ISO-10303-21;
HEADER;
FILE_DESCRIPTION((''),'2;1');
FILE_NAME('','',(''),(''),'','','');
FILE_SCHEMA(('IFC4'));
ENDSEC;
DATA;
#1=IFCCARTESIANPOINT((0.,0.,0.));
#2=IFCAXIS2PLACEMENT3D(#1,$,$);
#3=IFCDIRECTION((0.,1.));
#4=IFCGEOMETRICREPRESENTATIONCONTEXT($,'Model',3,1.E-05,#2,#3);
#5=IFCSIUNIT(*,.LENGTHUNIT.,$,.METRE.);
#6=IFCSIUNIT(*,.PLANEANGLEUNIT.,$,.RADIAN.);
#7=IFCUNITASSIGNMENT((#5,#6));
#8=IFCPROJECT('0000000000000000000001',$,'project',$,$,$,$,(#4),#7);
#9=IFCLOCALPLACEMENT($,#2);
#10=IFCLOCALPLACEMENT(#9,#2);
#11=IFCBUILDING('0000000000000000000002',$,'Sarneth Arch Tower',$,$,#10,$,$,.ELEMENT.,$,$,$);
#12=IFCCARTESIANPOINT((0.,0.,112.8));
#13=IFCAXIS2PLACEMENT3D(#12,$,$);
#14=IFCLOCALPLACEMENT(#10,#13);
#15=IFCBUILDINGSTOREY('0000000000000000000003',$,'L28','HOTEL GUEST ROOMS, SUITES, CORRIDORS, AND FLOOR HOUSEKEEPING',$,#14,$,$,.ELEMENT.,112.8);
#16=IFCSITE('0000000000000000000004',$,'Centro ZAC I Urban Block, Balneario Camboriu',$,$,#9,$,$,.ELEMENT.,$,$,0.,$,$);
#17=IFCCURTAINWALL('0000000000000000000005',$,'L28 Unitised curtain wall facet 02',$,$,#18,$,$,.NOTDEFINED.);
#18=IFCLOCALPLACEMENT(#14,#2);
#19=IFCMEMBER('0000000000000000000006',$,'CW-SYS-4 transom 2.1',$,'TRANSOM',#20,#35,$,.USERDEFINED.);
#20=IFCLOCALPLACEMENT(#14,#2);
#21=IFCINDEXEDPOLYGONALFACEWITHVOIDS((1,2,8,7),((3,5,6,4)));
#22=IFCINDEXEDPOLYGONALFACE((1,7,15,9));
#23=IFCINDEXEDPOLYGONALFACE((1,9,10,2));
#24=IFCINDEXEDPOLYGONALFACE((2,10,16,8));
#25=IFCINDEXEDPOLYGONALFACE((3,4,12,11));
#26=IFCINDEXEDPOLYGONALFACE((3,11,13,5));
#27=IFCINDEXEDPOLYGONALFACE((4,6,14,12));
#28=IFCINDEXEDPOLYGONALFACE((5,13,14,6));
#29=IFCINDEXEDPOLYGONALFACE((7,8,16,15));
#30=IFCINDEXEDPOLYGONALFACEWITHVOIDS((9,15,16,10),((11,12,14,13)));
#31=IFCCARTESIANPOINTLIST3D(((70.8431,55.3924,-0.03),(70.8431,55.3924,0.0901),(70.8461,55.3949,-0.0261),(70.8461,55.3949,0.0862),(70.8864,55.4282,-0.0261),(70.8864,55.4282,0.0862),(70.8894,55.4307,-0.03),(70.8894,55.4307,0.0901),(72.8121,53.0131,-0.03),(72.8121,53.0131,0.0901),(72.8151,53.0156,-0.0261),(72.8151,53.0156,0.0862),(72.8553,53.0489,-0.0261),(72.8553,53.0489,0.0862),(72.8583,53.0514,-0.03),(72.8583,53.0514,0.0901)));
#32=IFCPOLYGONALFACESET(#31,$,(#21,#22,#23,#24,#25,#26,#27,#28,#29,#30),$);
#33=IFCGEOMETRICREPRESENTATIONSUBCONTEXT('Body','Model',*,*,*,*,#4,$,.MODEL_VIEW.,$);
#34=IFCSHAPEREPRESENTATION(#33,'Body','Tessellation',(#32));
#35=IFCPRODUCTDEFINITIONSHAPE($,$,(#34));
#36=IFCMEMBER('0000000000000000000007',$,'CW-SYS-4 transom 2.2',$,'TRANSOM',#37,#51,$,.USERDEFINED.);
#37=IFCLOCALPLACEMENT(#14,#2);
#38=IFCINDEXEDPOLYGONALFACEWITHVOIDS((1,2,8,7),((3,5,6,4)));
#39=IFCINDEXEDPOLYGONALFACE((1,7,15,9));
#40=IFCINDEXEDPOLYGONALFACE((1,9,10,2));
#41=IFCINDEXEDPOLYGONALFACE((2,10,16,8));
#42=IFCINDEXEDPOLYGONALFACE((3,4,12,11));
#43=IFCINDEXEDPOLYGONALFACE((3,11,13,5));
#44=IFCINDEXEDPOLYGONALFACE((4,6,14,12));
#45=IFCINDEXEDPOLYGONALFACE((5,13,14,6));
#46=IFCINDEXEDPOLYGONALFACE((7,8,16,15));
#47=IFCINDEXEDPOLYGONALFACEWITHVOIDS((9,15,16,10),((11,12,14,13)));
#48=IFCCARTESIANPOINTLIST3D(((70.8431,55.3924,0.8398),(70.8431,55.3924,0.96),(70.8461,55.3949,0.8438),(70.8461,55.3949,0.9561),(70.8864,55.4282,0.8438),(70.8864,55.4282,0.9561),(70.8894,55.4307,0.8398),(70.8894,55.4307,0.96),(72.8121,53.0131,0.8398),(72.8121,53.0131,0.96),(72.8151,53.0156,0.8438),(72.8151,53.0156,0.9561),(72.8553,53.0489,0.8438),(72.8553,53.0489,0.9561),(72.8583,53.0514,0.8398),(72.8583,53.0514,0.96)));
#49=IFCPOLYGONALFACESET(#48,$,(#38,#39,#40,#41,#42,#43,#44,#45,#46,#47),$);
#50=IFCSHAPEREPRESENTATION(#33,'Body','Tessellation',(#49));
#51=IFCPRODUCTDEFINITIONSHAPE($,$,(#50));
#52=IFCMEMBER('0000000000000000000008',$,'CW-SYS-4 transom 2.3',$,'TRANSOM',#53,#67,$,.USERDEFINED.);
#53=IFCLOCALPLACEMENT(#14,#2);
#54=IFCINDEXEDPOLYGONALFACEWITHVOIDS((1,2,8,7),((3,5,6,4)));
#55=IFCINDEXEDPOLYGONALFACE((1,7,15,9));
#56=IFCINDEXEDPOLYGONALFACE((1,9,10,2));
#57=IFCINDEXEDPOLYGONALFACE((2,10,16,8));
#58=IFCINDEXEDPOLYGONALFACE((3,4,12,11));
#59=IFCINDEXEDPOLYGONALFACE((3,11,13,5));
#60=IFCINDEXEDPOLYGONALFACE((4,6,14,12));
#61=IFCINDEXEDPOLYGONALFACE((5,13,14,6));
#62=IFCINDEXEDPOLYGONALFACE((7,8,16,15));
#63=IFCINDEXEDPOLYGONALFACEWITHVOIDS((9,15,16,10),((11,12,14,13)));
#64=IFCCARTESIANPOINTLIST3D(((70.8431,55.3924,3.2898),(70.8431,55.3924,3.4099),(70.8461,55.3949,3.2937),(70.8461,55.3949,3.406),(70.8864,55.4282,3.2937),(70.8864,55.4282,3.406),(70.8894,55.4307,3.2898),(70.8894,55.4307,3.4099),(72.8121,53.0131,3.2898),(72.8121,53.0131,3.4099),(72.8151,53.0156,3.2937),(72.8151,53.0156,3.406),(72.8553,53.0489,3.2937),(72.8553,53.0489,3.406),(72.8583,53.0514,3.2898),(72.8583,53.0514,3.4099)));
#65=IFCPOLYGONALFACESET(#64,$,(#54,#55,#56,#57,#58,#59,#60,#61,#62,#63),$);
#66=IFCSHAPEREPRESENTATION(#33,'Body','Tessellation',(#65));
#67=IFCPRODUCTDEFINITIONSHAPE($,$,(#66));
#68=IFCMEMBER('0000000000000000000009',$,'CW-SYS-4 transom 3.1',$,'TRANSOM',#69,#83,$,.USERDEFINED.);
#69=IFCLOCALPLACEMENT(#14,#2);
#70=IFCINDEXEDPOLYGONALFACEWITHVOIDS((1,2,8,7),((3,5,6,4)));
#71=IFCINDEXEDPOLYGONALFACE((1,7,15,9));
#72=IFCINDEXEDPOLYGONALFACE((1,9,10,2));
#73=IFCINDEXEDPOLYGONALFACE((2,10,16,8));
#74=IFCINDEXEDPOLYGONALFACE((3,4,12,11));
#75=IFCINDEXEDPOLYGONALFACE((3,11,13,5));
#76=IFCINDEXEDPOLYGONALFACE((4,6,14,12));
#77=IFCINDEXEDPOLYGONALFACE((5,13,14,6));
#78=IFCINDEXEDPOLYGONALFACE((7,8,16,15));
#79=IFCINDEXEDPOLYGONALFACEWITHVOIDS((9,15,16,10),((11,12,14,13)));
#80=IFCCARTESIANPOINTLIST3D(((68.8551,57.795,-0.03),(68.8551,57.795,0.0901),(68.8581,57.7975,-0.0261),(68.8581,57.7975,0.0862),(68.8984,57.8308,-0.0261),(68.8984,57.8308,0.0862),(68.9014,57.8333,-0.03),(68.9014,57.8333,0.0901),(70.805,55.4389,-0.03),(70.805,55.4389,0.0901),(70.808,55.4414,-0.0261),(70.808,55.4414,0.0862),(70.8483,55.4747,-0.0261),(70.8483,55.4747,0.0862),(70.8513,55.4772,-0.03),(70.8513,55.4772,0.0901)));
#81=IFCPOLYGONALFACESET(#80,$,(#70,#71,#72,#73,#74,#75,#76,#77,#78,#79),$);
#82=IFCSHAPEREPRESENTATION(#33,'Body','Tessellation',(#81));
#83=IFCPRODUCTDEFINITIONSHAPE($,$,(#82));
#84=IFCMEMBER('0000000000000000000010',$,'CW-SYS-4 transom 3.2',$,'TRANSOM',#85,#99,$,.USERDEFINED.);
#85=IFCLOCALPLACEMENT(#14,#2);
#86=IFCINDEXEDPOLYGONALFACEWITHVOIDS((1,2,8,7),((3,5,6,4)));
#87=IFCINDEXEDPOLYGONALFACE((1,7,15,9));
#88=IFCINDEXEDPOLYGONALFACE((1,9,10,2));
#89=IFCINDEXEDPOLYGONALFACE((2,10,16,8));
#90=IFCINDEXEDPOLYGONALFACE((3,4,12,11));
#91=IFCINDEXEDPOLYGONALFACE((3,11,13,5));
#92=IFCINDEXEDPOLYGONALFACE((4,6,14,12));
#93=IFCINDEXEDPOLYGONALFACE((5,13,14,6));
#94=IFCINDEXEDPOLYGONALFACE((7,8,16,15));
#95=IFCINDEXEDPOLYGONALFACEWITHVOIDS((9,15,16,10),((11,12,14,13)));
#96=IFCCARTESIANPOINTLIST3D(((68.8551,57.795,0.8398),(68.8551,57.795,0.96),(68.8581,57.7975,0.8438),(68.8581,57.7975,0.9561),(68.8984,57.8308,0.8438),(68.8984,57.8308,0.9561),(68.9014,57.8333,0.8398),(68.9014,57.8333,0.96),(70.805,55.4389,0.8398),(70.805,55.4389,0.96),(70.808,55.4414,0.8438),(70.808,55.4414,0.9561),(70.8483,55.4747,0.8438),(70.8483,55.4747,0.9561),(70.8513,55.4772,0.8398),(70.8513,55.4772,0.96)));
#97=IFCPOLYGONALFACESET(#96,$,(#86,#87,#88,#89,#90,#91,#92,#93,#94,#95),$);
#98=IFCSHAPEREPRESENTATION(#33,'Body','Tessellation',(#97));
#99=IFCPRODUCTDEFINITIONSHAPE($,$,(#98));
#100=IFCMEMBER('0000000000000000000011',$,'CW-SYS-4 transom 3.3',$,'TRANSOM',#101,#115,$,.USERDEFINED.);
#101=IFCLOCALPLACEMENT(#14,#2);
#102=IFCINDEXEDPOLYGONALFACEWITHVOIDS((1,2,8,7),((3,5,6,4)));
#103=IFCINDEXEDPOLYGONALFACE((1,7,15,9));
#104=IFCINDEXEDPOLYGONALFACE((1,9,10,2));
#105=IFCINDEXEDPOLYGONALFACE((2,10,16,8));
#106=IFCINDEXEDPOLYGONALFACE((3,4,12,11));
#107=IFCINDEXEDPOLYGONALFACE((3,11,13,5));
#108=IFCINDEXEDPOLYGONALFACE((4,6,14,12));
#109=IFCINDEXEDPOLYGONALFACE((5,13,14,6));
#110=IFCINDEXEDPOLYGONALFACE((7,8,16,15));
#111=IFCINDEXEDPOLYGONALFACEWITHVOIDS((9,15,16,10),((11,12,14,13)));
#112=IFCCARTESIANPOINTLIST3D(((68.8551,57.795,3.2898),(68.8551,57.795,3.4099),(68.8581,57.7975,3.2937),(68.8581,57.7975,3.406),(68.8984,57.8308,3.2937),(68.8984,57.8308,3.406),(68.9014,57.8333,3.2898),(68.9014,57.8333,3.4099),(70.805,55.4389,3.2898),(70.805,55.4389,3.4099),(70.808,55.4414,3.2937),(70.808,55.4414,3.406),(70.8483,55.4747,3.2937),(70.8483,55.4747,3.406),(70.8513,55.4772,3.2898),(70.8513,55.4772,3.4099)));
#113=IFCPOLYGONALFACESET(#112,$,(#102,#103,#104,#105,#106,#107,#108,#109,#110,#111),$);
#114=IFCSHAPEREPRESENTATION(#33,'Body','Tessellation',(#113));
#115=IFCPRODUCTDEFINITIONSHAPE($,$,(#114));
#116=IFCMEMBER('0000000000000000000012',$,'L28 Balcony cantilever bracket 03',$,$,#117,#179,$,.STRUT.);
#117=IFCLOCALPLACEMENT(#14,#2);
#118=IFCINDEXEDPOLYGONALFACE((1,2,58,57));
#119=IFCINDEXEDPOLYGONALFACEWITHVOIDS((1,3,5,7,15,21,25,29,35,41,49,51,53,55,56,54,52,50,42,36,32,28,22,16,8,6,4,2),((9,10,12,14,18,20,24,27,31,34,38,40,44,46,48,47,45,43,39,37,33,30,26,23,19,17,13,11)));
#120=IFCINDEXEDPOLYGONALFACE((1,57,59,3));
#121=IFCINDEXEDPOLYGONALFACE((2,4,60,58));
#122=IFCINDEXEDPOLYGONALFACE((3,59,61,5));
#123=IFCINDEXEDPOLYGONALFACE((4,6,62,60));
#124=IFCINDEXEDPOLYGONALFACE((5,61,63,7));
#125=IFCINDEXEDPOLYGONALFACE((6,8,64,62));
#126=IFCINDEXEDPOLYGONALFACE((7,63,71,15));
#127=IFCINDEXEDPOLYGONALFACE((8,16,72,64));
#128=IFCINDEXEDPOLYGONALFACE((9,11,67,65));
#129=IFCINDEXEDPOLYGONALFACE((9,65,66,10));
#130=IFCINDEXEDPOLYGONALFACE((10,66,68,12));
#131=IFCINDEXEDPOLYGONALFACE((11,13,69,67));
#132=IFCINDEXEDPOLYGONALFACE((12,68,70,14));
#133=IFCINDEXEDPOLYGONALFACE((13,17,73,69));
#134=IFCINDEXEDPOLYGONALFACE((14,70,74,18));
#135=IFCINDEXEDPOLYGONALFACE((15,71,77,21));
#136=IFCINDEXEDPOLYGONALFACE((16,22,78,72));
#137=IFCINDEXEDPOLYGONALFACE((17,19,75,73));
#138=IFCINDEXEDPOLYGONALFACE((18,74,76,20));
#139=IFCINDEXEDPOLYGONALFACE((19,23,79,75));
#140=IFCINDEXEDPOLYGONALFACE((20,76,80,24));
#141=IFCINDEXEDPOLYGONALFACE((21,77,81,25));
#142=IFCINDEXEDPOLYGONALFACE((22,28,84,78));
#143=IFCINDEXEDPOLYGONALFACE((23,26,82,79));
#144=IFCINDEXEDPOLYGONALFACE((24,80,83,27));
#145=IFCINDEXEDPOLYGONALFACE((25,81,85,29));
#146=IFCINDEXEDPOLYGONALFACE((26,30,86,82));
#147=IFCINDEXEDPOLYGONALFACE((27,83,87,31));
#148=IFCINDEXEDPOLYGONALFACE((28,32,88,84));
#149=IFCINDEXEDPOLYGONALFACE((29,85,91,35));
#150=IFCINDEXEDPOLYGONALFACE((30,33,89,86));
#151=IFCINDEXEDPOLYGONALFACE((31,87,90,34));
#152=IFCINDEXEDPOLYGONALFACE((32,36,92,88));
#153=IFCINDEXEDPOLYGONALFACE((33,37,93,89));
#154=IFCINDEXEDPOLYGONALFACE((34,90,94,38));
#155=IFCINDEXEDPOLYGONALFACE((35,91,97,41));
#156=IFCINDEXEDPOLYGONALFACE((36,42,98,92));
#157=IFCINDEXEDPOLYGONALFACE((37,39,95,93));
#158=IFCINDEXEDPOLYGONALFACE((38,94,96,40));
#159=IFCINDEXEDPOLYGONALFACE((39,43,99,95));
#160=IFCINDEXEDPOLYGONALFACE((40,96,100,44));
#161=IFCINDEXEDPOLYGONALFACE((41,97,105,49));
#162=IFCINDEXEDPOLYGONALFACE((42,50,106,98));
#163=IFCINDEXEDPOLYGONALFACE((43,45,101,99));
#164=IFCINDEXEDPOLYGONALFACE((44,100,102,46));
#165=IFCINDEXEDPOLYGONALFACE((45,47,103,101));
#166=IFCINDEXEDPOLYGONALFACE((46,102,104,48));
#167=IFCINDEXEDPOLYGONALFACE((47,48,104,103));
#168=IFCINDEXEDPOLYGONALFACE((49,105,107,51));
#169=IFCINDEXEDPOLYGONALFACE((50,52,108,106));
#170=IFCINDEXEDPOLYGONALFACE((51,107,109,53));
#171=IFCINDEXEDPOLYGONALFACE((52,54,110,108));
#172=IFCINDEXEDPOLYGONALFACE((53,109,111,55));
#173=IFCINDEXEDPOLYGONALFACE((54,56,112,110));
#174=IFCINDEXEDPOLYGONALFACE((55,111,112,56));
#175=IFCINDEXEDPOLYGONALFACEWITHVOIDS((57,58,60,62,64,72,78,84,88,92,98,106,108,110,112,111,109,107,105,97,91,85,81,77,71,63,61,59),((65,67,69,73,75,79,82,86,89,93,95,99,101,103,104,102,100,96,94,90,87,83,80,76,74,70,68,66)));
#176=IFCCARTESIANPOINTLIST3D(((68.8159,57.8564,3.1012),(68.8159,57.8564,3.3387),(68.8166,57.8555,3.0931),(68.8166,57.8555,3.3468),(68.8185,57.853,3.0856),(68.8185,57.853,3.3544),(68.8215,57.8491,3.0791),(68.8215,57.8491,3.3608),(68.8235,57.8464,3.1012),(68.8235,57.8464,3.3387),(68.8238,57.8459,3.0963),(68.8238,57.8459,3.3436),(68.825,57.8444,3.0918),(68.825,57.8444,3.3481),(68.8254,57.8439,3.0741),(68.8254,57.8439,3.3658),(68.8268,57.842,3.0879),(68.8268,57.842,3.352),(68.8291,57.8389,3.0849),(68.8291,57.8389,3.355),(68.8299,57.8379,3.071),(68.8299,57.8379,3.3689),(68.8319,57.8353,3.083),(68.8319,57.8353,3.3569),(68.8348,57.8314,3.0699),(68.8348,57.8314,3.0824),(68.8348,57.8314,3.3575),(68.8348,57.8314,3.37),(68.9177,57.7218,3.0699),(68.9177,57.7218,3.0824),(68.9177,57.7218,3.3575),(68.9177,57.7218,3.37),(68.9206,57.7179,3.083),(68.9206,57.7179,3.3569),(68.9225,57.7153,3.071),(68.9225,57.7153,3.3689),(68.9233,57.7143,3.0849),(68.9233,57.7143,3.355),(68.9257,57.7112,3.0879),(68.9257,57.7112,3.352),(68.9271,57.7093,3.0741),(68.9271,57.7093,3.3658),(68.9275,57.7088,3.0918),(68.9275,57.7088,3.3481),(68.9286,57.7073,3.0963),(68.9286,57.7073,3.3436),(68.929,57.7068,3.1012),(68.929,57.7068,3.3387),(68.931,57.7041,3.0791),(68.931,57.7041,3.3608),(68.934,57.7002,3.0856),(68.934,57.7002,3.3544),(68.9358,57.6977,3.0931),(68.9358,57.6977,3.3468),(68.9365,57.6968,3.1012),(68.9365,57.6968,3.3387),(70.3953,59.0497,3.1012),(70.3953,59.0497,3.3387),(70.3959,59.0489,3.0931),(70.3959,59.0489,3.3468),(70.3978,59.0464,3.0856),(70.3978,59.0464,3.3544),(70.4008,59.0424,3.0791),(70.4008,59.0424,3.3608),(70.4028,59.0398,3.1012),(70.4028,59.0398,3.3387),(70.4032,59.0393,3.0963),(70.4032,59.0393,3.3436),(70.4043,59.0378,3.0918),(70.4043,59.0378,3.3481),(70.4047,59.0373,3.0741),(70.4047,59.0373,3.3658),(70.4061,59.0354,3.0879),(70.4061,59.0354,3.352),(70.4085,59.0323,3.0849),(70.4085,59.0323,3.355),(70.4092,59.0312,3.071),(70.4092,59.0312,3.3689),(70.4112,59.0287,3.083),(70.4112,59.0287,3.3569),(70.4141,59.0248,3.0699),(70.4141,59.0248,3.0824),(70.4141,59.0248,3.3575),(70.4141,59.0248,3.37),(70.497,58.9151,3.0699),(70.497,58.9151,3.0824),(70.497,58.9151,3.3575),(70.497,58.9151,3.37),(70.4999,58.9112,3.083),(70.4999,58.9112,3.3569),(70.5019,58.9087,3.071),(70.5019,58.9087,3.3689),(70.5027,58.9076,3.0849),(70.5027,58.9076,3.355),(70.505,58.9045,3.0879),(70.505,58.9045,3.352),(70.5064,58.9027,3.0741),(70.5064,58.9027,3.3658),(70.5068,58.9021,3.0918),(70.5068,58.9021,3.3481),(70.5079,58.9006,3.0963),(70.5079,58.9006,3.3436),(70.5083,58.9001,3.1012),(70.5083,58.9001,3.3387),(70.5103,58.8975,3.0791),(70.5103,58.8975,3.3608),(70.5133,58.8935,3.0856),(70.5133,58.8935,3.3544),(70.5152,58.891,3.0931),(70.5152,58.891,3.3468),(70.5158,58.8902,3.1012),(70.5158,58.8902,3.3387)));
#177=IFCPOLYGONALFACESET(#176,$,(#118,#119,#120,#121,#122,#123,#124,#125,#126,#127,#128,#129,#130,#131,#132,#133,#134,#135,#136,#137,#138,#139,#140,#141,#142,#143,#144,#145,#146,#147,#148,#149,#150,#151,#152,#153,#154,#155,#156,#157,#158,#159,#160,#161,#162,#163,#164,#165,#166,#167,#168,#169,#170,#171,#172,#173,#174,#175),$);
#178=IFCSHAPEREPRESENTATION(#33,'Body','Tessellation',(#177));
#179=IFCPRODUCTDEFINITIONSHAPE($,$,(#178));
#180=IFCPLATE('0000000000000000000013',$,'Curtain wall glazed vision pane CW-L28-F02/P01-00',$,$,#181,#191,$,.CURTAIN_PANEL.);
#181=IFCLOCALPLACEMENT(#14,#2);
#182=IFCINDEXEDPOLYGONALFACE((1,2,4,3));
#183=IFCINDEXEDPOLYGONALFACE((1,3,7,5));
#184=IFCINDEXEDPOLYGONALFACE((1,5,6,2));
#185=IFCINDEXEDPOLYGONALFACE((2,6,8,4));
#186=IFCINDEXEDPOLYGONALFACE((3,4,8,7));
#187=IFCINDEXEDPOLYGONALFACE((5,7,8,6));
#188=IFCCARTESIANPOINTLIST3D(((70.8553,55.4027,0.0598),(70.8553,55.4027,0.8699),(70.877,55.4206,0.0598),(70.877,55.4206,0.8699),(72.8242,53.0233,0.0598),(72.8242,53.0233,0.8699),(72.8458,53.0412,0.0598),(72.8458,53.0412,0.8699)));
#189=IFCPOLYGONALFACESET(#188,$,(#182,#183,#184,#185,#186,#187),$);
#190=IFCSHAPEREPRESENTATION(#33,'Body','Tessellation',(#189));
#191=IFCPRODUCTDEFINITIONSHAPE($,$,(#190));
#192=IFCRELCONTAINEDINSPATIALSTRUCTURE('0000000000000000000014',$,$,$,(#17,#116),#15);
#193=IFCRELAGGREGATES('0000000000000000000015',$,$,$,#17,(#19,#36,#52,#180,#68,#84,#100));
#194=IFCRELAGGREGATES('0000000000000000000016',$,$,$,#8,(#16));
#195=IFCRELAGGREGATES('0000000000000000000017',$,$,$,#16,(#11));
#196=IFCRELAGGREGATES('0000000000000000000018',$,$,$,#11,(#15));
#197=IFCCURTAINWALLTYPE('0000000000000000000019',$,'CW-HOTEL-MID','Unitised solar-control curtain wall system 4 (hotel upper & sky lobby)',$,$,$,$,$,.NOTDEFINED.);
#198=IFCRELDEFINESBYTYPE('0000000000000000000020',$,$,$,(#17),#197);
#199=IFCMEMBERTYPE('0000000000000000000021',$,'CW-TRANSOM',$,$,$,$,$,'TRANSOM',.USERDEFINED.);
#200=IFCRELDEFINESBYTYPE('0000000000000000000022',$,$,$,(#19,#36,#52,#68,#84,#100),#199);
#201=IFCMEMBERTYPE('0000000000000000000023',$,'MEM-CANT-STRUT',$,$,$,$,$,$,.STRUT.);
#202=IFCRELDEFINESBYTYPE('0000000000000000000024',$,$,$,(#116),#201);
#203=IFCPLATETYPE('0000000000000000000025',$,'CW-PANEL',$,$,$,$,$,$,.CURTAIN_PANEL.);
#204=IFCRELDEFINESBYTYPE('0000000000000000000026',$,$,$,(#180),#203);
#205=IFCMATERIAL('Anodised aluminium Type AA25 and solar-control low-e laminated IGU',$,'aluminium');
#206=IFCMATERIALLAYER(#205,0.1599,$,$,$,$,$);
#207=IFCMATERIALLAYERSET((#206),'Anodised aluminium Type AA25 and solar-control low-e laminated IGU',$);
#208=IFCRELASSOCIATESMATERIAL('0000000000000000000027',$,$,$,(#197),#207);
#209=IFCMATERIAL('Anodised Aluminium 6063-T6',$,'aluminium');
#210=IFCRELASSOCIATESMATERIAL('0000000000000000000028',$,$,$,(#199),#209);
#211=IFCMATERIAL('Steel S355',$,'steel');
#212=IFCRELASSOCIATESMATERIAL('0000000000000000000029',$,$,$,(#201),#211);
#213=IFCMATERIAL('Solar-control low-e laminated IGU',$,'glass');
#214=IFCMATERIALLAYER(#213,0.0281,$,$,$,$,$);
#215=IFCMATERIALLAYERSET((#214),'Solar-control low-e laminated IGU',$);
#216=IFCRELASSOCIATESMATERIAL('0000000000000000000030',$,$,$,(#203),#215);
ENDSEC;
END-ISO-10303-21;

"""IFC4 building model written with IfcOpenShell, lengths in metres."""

from ifc_helpers import new_model, si_unit, direction, frame, origin, origin_2d, place, context, subcontext, project, spatial, rectangle, hollow_rectangle, extrude, material, layer, layer_set, material_profile, profile_set, type_object, element, aggregate, save


model = new_model("IFC4")

# Units and contexts
model_context = context("Model", 3, precision=1e-05, world=origin(), true_north=direction((0.0, 1.0)))
body_context = subcontext(model_context, "Body", "Model", "MODEL_VIEW")
ifc_project = project(units=[si_unit("LENGTHUNIT", "METRE"), si_unit("PLANEANGLEUNIT", "RADIAN")], contexts=[model_context])

# Site, building, storey
site_placement = place(None, origin())
site = spatial("IfcSite", under=ifc_project, at=site_placement, Name="Centro ZAC I Urban Block, Balneario Camboriu", CompositionType="ELEMENT", RefElevation=0.0)
building_placement = place(site_placement, origin())
building = spatial("IfcBuilding", under=site, at=building_placement, Name="Sarneth Arch Tower", CompositionType="ELEMENT")
storey_placement = place(building_placement, frame((0.0, 0.0, 112.8)))
storey = spatial("IfcBuildingStorey", under=building, at=storey_placement, Name="L28", Description="HOTEL GUEST ROOMS, SUITES, CORRIDORS, AND FLOOR HOUSEKEEPING", CompositionType="ELEMENT", Elevation=112.8)

# Curtain wall, members
ifc_material_1 = material(Name="Anodised aluminium Type AA25 and solar-control low-e laminated IGU", Category="aluminium")
ifc_layer_1 = layer(ifc_material_1, 0.1599)
ifc_layer_set_1 = layer_set([ifc_layer_1], Name="Anodised aluminium Type AA25 and solar-control low-e laminated IGU")
curtain_wall_type = type_object("IfcCurtainWallType", Name="CW-HOTEL-MID", Description="Unitised solar-control curtain wall system 4 (hotel upper & sky lobby)", PredefinedType="NOTDEFINED", material=ifc_layer_set_1)
curtain_wall_placement = place(storey_placement, origin())
curtain_wall = element("IfcCurtainWall", 1, at=curtain_wall_placement, inside=storey, type_object=curtain_wall_type, Name="L28 Unitised curtain wall facet 02", PredefinedType="NOTDEFINED")
ifc_material_2 = material(Name="Anodised Aluminium 6063-T6", Category="aluminium")
ifc_material_profile_1 = material_profile(ifc_material_2, hollow_rectangle(XDim=0.0601, YDim=0.1201, WallThickness=0.0039, at=origin_2d()), Name="AL-TRAN-120x60x4")
ifc_profile_set_1 = profile_set([ifc_material_profile_1], Name="Anodised Aluminium 6063-T6")
member_type_1 = type_object("IfcMemberType", Name="CW-TRANSOM", ElementType="TRANSOM", PredefinedType="USERDEFINED", material=ifc_profile_set_1)
member_1_placement = place(storey_placement, frame((72.8352, 53.0322, 0.03), z_axis=(-0.637537, 0.77042, 0.0), x_axis=(-0.77042, -0.637537, 0.0)))
member_1 = element("IfcMember", 2, at=member_1_placement, type_object=member_type_1, Name="CW-SYS-4 transom 2.1", ObjectType="TRANSOM", PredefinedType="USERDEFINED", context=body_context, shape_type="SweptSolid", body=[
    extrude(hollow_rectangle(XDim=0.0601, YDim=0.1201, WallThickness=0.0039, at=origin_2d()), origin(), (0.0, 0.0, 1.0), 3.0884),
])
member_2_placement = place(storey_placement, frame((72.8352, 53.0322, 0.8999), z_axis=(-0.637537, 0.77042, 0.0), x_axis=(-0.77042, -0.637537, 0.0)))
member_2 = element("IfcMember", 3, at=member_2_placement, type_object=member_type_1, Name="CW-SYS-4 transom 2.2", ObjectType="TRANSOM", PredefinedType="USERDEFINED", context=body_context, shape_type="SweptSolid", body=[
    extrude(hollow_rectangle(XDim=0.0601, YDim=0.1201, WallThickness=0.0039, at=origin_2d()), origin(), (0.0, 0.0, 1.0), 3.0884),
])
member_3_placement = place(storey_placement, frame((72.8352, 53.0322, 3.3499), z_axis=(-0.637537, 0.77042, 0.0), x_axis=(-0.77042, -0.637537, 0.0)))
member_3 = element("IfcMember", 4, at=member_3_placement, type_object=member_type_1, Name="CW-SYS-4 transom 2.3", ObjectType="TRANSOM", PredefinedType="USERDEFINED", context=body_context, shape_type="SweptSolid", body=[
    extrude(hollow_rectangle(XDim=0.0601, YDim=0.1201, WallThickness=0.0039, at=origin_2d()), origin(), (0.0, 0.0, 1.0), 3.0884),
])
member_4_placement = place(storey_placement, frame((70.8281, 55.458, 0.03), z_axis=(-0.637566, 0.770396, 0.0), x_axis=(-0.770396, -0.637566, 0.0)))
member_4 = element("IfcMember", 5, at=member_4_placement, type_object=member_type_1, Name="CW-SYS-4 transom 3.1", ObjectType="TRANSOM", PredefinedType="USERDEFINED", context=body_context, shape_type="SweptSolid", body=[
    extrude(hollow_rectangle(XDim=0.0601, YDim=0.1201, WallThickness=0.0039, at=origin_2d()), origin(), (0.0, 0.0, 1.0), 3.0583),
])
member_5_placement = place(storey_placement, frame((70.8281, 55.458, 0.8999), z_axis=(-0.637566, 0.770396, 0.0), x_axis=(-0.770396, -0.637566, 0.0)))
member_5 = element("IfcMember", 6, at=member_5_placement, type_object=member_type_1, Name="CW-SYS-4 transom 3.2", ObjectType="TRANSOM", PredefinedType="USERDEFINED", context=body_context, shape_type="SweptSolid", body=[
    extrude(hollow_rectangle(XDim=0.0601, YDim=0.1201, WallThickness=0.0039, at=origin_2d()), origin(), (0.0, 0.0, 1.0), 3.0583),
])
member_6_placement = place(storey_placement, frame((70.8281, 55.458, 3.3499), z_axis=(-0.637566, 0.770396, 0.0), x_axis=(-0.770396, -0.637566, 0.0)))
member_6 = element("IfcMember", 7, at=member_6_placement, type_object=member_type_1, Name="CW-SYS-4 transom 3.3", ObjectType="TRANSOM", PredefinedType="USERDEFINED", context=body_context, shape_type="SweptSolid", body=[
    extrude(hollow_rectangle(XDim=0.0601, YDim=0.1201, WallThickness=0.0039, at=origin_2d()), origin(), (0.0, 0.0, 1.0), 3.0583),
])

# Member
ifc_material_3 = material(Name="Steel S355", Category="steel")
ifc_material_profile_2 = material_profile(ifc_material_3, hollow_rectangle(XDim=0.2, YDim=0.3, WallThickness=0.0125, InnerFilletRadius=0.0188, OuterFilletRadius=0.0312, at=origin_2d()), Name="RHS300x200x12.5")
ifc_profile_set_2 = profile_set([ifc_material_profile_2], Name="Steel S355")
member_type_2 = type_object("IfcMemberType", Name="MEM-CANT-STRUT", PredefinedType="STRUT", material=ifc_profile_set_2)
member_7_placement = place(storey_placement, frame((68.8762, 57.7766, 3.22), z_axis=(0.797849, 0.602858, 0.0), x_axis=(-0.602858, 0.797849, 0.0)))
element("IfcMember", 8, at=member_7_placement, inside=storey, type_object=member_type_2, Name="L28 Balcony cantilever bracket 03", PredefinedType="STRUT", context=body_context, shape_type="SweptSolid", body=[
    extrude(hollow_rectangle(XDim=0.2, YDim=0.3, WallThickness=0.0125, InnerFilletRadius=0.0188, OuterFilletRadius=0.0312, at=origin_2d()), origin(), (0.0, 0.0, 1.0), 1.9795),
])

# Plate
ifc_material_4 = material(Name="Solar-control low-e laminated IGU", Category="glass")
ifc_layer_2 = layer(ifc_material_4, 0.0281)
ifc_layer_set_2 = layer_set([ifc_layer_2], Name="Solar-control low-e laminated IGU")
plate_type_1 = type_object("IfcPlateType", Name="CW-PANEL", PredefinedType="CURTAIN_PANEL", material=ifc_layer_set_2)
plate_1_placement = place(storey_placement, frame((71.8506, 54.2219, 0.0598), z_axis=(0.0, 0.0, 1.0), x_axis=(-0.637515, 0.770438, 0.0)))
plate_1 = element("IfcPlate", 9, at=plate_1_placement, type_object=plate_type_1, Name="Curtain wall glazed vision pane CW-L28-F02/P01-00", PredefinedType="CURTAIN_PANEL", context=body_context, shape_type="SweptSolid", body=[
    extrude(rectangle(XDim=3.0884, YDim=0.0281, at=origin_2d()), origin(), (0.0, 0.0, 1.0), 0.8101),
])
aggregate(curtain_wall, [member_1, member_2, member_3, plate_1, member_4, member_5, member_6])

save(model, "model.ifc")
